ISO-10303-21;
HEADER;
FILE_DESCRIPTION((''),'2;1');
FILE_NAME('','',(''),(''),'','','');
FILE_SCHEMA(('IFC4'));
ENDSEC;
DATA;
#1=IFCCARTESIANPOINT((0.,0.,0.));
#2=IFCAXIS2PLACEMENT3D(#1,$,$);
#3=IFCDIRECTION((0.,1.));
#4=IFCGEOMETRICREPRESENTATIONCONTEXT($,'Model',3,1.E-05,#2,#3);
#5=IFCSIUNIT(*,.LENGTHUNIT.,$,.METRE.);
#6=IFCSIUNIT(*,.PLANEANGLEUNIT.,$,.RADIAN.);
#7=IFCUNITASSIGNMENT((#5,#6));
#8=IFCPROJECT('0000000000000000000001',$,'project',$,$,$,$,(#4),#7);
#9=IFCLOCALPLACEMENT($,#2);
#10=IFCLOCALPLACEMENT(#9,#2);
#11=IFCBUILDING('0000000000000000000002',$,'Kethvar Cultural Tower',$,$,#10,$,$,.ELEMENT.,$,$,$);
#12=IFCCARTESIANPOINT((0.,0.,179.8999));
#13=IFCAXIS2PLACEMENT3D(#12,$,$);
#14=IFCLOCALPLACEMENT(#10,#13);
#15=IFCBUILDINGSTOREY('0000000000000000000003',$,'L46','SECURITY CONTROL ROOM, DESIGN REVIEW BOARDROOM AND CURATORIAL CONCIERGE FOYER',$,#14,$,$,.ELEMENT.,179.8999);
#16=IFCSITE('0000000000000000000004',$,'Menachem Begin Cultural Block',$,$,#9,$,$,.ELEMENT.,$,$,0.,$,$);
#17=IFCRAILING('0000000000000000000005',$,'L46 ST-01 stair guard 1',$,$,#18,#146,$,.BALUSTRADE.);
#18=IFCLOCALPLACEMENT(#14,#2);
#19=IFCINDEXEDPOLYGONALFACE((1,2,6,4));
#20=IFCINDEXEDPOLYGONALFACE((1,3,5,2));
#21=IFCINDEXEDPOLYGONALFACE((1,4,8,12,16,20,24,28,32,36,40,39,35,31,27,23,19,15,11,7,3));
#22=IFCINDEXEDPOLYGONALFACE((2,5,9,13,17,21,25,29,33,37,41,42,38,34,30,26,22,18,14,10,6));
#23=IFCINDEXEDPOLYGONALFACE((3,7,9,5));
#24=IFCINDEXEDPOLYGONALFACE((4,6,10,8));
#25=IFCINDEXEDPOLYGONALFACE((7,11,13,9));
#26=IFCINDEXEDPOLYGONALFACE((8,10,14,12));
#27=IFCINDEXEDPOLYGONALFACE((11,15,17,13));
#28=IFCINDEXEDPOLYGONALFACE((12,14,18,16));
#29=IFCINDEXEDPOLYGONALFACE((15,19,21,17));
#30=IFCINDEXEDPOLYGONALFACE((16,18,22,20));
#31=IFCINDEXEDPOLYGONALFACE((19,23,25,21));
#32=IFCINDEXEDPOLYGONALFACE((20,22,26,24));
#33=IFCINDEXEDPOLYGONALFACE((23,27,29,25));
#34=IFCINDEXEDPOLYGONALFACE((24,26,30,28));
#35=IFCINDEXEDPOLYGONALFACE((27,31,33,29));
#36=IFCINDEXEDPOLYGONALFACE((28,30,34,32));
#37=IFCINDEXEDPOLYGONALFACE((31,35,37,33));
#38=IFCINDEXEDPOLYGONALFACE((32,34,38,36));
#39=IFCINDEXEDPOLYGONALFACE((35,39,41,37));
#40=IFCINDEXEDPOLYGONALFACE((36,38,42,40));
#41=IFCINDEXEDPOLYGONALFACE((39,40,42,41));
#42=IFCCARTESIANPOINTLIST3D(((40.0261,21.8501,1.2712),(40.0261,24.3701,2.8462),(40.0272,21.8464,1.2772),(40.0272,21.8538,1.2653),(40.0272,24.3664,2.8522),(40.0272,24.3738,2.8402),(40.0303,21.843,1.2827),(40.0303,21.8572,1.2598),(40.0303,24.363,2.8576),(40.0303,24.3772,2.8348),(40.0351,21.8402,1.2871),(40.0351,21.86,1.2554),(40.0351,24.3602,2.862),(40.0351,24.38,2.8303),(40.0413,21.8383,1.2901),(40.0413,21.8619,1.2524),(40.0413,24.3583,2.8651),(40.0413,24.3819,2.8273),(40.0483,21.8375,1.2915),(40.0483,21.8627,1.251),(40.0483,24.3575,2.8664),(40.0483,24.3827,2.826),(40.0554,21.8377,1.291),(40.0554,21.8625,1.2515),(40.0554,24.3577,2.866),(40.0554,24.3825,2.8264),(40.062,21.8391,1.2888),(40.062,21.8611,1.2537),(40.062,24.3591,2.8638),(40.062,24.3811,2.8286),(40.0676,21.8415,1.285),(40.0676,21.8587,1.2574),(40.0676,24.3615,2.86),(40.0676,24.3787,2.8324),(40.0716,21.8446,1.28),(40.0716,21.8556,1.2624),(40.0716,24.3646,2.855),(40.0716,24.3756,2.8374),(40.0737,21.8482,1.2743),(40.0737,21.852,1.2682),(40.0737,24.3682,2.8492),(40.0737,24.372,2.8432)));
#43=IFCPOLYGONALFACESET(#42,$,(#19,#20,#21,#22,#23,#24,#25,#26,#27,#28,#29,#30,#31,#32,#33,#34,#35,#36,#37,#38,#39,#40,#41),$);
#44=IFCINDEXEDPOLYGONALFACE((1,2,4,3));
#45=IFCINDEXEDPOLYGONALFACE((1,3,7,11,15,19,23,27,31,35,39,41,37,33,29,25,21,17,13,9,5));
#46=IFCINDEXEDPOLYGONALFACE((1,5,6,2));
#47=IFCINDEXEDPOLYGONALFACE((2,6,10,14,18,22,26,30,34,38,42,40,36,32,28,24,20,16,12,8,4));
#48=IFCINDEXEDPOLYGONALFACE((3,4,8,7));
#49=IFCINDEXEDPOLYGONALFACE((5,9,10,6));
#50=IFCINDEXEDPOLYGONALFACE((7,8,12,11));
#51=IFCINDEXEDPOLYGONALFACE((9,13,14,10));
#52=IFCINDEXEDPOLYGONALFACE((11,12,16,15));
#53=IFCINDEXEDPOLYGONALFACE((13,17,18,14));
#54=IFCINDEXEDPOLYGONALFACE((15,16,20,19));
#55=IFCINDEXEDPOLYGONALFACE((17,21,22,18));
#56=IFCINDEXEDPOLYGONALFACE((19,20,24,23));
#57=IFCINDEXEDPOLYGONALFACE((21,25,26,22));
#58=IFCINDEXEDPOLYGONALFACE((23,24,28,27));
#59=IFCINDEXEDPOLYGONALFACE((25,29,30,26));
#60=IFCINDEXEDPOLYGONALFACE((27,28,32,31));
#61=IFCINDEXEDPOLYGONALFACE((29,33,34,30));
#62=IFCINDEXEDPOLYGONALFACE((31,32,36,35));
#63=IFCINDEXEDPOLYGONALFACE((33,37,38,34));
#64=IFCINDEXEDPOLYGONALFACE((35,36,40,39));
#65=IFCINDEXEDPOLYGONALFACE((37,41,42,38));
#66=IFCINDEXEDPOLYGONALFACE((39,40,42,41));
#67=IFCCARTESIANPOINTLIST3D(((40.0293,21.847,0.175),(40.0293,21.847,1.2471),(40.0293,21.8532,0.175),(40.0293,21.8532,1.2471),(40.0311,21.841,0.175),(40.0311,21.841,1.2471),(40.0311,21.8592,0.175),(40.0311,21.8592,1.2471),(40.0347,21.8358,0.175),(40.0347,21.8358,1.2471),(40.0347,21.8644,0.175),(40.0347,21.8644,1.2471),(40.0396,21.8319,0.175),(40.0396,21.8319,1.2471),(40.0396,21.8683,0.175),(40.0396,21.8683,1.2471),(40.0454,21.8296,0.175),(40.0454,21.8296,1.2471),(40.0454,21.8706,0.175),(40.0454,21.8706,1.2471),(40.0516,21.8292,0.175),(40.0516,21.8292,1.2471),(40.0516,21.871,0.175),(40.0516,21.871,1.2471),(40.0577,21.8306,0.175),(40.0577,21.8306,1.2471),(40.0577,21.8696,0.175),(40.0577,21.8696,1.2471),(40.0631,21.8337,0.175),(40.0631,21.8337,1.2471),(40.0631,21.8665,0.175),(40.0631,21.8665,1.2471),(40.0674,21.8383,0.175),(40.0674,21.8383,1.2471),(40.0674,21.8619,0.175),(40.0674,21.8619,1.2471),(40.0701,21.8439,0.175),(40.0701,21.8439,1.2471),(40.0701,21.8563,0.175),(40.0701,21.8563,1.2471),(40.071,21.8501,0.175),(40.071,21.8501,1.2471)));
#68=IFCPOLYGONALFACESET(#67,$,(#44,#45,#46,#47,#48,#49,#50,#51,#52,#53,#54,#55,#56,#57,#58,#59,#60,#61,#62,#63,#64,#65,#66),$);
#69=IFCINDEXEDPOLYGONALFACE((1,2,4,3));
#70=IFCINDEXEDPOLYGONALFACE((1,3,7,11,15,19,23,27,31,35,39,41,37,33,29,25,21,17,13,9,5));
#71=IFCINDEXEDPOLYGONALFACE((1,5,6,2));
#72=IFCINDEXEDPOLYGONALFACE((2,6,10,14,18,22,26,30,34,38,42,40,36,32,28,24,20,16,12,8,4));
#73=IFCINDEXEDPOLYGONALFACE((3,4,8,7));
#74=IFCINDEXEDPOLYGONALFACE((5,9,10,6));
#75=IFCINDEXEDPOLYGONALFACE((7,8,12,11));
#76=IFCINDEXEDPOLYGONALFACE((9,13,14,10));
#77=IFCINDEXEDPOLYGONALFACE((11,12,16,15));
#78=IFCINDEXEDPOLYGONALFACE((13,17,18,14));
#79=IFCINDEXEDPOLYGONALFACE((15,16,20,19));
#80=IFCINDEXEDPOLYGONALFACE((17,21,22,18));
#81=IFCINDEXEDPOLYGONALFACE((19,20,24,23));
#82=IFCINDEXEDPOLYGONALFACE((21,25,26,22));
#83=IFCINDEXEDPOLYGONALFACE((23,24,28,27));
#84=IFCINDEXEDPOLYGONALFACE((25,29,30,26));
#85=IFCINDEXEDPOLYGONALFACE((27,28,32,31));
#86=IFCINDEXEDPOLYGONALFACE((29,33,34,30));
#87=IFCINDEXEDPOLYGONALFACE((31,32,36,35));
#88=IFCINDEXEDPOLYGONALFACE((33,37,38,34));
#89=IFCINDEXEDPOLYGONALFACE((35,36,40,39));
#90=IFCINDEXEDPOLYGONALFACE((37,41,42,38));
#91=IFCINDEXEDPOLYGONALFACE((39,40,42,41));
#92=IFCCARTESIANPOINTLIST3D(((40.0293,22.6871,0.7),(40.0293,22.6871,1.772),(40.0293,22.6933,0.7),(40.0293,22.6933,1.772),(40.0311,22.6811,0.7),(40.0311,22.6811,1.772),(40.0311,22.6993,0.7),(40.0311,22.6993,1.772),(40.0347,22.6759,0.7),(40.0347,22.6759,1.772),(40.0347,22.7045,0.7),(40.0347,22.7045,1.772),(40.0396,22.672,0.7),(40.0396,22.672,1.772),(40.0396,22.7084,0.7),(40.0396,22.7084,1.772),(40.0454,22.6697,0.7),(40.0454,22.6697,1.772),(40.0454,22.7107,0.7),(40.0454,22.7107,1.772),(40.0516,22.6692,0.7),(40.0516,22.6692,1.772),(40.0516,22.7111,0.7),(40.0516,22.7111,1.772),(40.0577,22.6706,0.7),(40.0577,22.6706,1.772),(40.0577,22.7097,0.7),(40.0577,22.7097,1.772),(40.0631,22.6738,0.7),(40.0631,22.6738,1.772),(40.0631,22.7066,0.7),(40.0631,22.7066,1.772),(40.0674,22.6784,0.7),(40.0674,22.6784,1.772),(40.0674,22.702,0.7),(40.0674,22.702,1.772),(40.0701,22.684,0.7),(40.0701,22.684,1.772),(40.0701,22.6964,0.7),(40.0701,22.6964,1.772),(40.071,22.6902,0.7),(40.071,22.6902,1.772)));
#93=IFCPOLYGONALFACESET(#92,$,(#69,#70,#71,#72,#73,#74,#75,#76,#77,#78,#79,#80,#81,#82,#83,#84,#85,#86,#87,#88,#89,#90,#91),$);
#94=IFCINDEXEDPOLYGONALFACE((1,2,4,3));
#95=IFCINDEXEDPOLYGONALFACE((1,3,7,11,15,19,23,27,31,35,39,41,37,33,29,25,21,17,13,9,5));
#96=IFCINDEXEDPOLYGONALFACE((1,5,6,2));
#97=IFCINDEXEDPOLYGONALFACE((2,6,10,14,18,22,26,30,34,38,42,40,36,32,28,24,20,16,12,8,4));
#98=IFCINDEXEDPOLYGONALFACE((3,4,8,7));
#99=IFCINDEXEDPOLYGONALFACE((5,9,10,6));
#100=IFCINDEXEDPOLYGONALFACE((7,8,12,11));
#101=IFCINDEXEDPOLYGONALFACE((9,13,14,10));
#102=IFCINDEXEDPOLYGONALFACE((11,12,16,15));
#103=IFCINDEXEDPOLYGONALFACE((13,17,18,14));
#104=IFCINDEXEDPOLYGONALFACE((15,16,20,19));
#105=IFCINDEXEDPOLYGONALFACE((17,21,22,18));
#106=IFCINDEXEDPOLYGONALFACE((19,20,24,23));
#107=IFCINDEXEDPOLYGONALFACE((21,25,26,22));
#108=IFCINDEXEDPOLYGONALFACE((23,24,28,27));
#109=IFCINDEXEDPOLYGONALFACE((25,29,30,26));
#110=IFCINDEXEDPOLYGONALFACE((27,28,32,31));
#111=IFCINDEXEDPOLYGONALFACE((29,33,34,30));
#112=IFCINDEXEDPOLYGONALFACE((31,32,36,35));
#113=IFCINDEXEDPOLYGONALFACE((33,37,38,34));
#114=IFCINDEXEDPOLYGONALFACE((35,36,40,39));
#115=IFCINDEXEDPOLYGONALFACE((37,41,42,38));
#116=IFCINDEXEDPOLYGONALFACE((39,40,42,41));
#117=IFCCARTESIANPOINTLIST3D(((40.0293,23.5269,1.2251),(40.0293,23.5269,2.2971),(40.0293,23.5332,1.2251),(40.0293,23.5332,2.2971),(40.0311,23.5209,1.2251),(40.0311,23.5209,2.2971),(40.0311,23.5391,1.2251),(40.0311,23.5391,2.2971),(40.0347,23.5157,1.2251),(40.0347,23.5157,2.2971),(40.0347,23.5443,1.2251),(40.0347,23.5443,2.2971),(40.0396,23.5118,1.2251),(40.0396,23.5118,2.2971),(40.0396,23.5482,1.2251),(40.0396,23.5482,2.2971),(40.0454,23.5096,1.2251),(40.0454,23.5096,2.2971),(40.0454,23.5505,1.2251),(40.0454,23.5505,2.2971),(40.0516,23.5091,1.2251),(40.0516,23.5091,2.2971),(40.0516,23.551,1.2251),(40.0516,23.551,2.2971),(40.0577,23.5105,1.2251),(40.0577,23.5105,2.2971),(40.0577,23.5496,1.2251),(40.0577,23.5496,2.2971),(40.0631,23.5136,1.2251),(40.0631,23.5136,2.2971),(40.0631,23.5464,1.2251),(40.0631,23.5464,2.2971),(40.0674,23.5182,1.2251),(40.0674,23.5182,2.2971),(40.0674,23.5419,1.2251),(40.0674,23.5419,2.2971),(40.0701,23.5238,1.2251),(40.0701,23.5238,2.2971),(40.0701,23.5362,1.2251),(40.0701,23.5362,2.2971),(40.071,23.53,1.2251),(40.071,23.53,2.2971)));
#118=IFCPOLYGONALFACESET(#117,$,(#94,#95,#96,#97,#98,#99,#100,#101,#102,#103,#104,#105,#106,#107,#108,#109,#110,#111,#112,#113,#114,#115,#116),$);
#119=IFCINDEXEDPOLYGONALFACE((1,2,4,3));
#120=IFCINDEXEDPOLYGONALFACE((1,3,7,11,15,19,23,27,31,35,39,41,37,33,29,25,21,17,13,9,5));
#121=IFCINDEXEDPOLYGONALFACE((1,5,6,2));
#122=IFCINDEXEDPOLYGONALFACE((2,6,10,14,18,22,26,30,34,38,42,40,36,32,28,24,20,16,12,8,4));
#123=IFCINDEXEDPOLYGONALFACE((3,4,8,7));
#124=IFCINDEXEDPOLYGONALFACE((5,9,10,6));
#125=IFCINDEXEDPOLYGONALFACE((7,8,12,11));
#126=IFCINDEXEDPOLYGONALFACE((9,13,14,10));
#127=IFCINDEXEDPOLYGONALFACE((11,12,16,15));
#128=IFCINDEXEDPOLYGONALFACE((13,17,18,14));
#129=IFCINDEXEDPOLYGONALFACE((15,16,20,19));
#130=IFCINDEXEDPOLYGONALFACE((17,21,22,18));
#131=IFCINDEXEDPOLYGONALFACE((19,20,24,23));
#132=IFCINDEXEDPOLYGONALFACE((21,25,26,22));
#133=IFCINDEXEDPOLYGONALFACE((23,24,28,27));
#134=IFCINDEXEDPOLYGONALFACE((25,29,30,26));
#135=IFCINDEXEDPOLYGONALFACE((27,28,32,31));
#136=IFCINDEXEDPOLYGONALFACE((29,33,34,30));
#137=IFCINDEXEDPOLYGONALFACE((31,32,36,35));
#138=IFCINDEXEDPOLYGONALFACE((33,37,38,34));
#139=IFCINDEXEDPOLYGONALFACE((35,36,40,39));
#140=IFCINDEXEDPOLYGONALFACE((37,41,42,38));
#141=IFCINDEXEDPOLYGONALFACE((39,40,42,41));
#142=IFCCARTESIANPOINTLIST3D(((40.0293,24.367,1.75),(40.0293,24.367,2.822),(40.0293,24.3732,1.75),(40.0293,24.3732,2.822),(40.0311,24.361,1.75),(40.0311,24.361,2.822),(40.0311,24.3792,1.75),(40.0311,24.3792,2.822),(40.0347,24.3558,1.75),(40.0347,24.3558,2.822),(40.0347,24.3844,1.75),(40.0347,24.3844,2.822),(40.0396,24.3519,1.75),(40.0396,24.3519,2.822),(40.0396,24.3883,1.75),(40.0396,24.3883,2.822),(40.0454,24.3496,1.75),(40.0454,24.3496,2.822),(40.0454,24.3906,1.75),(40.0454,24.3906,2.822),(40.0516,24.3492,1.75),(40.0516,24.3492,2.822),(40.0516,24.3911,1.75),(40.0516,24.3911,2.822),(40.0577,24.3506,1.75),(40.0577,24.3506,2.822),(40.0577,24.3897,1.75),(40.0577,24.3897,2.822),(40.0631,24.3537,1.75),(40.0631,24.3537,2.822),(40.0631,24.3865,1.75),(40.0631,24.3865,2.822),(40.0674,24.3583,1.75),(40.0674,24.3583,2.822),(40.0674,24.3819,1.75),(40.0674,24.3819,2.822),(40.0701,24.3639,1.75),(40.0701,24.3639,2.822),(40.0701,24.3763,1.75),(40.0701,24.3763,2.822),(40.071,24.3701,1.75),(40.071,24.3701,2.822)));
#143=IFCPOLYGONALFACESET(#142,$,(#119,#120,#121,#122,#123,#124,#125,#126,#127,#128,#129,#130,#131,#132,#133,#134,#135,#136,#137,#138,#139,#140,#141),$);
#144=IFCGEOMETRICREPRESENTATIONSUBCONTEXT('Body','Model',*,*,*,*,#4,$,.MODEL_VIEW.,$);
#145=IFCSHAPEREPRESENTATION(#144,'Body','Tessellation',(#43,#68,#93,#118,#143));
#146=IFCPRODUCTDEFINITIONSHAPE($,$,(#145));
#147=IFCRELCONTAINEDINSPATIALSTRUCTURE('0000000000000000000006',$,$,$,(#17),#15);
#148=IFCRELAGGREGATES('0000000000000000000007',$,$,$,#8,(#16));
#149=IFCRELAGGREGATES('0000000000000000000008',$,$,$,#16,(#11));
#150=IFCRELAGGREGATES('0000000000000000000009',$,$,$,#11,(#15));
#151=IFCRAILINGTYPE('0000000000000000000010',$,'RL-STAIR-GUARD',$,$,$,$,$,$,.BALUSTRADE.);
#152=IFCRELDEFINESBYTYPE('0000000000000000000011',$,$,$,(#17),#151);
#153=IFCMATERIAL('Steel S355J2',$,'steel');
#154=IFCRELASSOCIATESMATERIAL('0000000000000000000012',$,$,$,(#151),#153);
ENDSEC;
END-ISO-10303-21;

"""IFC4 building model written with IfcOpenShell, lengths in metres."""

from ifc_helpers import new_model, si_unit, direction, frame, origin, origin_2d, place, context, subcontext, project, spatial, circle, extrude, material, type_object, element, save


model = new_model("IFC4")

# Units and contexts
model_context = context("Model", 3, precision=1e-05, world=origin(), true_north=direction((0.0, 1.0)))
body_context = subcontext(model_context, "Body", "Model", "MODEL_VIEW")
ifc_project = project(units=[si_unit("LENGTHUNIT", "METRE"), si_unit("PLANEANGLEUNIT", "RADIAN")], contexts=[model_context])

# Site, building, storey
site_placement = place(None, origin())
site = spatial("IfcSite", under=ifc_project, at=site_placement, Name="Menachem Begin Cultural Block", CompositionType="ELEMENT", RefElevation=0.0)
building_placement = place(site_placement, origin())
building = spatial("IfcBuilding", under=site, at=building_placement, Name="Kethvar Cultural Tower", CompositionType="ELEMENT")
storey_placement = place(building_placement, frame((0.0, 0.0, 179.8999)))
storey = spatial("IfcBuildingStorey", under=building, at=storey_placement, Name="L46", Description="SECURITY CONTROL ROOM, DESIGN REVIEW BOARDROOM AND CURATORIAL CONCIERGE FOYER", CompositionType="ELEMENT", Elevation=179.8999)

# Shared definitions
ifc_material_1 = material(Name="Steel S355J2", Category="steel")

# Railing
railing_type_1 = type_object("IfcRailingType", Name="RL-STAIR-GUARD", PredefinedType="BALUSTRADE", material=ifc_material_1)
railing_1_placement = place(storey_placement, frame((40.05, 21.8501, 0.175)))
element("IfcRailing", 1, at=railing_1_placement, inside=storey, type_object=railing_type_1, Name="L46 ST-01 stair guard 1", PredefinedType="BALUSTRADE", context=body_context, shape_type="SweptSolid", body=[
    extrude(circle(Radius=0.0239, at=origin_2d()), frame((0.0, 0.0, 1.0962), z_axis=(0.0, 0.848008, 0.529984), x_axis=(-1.0, 0.0, 0.0)), (0.0, 0.0, 1.0), 2.9717),
    extrude(circle(Radius=0.021, at=origin_2d()), origin(), (0.0, 0.0, 1.0), 1.072),
    extrude(circle(Radius=0.021, at=origin_2d()), frame((0.0, 0.8401, 0.5249)), (0.0, 0.0, 1.0), 1.072),
    extrude(circle(Radius=0.021, at=origin_2d()), frame((0.0, 1.6799, 1.05)), (0.0, 0.0, 1.0), 1.072),
    extrude(circle(Radius=0.021, at=origin_2d()), frame((0.0, 2.52, 1.575)), (0.0, 0.0, 1.0), 1.072),
])

save(model, "model.ifc")
